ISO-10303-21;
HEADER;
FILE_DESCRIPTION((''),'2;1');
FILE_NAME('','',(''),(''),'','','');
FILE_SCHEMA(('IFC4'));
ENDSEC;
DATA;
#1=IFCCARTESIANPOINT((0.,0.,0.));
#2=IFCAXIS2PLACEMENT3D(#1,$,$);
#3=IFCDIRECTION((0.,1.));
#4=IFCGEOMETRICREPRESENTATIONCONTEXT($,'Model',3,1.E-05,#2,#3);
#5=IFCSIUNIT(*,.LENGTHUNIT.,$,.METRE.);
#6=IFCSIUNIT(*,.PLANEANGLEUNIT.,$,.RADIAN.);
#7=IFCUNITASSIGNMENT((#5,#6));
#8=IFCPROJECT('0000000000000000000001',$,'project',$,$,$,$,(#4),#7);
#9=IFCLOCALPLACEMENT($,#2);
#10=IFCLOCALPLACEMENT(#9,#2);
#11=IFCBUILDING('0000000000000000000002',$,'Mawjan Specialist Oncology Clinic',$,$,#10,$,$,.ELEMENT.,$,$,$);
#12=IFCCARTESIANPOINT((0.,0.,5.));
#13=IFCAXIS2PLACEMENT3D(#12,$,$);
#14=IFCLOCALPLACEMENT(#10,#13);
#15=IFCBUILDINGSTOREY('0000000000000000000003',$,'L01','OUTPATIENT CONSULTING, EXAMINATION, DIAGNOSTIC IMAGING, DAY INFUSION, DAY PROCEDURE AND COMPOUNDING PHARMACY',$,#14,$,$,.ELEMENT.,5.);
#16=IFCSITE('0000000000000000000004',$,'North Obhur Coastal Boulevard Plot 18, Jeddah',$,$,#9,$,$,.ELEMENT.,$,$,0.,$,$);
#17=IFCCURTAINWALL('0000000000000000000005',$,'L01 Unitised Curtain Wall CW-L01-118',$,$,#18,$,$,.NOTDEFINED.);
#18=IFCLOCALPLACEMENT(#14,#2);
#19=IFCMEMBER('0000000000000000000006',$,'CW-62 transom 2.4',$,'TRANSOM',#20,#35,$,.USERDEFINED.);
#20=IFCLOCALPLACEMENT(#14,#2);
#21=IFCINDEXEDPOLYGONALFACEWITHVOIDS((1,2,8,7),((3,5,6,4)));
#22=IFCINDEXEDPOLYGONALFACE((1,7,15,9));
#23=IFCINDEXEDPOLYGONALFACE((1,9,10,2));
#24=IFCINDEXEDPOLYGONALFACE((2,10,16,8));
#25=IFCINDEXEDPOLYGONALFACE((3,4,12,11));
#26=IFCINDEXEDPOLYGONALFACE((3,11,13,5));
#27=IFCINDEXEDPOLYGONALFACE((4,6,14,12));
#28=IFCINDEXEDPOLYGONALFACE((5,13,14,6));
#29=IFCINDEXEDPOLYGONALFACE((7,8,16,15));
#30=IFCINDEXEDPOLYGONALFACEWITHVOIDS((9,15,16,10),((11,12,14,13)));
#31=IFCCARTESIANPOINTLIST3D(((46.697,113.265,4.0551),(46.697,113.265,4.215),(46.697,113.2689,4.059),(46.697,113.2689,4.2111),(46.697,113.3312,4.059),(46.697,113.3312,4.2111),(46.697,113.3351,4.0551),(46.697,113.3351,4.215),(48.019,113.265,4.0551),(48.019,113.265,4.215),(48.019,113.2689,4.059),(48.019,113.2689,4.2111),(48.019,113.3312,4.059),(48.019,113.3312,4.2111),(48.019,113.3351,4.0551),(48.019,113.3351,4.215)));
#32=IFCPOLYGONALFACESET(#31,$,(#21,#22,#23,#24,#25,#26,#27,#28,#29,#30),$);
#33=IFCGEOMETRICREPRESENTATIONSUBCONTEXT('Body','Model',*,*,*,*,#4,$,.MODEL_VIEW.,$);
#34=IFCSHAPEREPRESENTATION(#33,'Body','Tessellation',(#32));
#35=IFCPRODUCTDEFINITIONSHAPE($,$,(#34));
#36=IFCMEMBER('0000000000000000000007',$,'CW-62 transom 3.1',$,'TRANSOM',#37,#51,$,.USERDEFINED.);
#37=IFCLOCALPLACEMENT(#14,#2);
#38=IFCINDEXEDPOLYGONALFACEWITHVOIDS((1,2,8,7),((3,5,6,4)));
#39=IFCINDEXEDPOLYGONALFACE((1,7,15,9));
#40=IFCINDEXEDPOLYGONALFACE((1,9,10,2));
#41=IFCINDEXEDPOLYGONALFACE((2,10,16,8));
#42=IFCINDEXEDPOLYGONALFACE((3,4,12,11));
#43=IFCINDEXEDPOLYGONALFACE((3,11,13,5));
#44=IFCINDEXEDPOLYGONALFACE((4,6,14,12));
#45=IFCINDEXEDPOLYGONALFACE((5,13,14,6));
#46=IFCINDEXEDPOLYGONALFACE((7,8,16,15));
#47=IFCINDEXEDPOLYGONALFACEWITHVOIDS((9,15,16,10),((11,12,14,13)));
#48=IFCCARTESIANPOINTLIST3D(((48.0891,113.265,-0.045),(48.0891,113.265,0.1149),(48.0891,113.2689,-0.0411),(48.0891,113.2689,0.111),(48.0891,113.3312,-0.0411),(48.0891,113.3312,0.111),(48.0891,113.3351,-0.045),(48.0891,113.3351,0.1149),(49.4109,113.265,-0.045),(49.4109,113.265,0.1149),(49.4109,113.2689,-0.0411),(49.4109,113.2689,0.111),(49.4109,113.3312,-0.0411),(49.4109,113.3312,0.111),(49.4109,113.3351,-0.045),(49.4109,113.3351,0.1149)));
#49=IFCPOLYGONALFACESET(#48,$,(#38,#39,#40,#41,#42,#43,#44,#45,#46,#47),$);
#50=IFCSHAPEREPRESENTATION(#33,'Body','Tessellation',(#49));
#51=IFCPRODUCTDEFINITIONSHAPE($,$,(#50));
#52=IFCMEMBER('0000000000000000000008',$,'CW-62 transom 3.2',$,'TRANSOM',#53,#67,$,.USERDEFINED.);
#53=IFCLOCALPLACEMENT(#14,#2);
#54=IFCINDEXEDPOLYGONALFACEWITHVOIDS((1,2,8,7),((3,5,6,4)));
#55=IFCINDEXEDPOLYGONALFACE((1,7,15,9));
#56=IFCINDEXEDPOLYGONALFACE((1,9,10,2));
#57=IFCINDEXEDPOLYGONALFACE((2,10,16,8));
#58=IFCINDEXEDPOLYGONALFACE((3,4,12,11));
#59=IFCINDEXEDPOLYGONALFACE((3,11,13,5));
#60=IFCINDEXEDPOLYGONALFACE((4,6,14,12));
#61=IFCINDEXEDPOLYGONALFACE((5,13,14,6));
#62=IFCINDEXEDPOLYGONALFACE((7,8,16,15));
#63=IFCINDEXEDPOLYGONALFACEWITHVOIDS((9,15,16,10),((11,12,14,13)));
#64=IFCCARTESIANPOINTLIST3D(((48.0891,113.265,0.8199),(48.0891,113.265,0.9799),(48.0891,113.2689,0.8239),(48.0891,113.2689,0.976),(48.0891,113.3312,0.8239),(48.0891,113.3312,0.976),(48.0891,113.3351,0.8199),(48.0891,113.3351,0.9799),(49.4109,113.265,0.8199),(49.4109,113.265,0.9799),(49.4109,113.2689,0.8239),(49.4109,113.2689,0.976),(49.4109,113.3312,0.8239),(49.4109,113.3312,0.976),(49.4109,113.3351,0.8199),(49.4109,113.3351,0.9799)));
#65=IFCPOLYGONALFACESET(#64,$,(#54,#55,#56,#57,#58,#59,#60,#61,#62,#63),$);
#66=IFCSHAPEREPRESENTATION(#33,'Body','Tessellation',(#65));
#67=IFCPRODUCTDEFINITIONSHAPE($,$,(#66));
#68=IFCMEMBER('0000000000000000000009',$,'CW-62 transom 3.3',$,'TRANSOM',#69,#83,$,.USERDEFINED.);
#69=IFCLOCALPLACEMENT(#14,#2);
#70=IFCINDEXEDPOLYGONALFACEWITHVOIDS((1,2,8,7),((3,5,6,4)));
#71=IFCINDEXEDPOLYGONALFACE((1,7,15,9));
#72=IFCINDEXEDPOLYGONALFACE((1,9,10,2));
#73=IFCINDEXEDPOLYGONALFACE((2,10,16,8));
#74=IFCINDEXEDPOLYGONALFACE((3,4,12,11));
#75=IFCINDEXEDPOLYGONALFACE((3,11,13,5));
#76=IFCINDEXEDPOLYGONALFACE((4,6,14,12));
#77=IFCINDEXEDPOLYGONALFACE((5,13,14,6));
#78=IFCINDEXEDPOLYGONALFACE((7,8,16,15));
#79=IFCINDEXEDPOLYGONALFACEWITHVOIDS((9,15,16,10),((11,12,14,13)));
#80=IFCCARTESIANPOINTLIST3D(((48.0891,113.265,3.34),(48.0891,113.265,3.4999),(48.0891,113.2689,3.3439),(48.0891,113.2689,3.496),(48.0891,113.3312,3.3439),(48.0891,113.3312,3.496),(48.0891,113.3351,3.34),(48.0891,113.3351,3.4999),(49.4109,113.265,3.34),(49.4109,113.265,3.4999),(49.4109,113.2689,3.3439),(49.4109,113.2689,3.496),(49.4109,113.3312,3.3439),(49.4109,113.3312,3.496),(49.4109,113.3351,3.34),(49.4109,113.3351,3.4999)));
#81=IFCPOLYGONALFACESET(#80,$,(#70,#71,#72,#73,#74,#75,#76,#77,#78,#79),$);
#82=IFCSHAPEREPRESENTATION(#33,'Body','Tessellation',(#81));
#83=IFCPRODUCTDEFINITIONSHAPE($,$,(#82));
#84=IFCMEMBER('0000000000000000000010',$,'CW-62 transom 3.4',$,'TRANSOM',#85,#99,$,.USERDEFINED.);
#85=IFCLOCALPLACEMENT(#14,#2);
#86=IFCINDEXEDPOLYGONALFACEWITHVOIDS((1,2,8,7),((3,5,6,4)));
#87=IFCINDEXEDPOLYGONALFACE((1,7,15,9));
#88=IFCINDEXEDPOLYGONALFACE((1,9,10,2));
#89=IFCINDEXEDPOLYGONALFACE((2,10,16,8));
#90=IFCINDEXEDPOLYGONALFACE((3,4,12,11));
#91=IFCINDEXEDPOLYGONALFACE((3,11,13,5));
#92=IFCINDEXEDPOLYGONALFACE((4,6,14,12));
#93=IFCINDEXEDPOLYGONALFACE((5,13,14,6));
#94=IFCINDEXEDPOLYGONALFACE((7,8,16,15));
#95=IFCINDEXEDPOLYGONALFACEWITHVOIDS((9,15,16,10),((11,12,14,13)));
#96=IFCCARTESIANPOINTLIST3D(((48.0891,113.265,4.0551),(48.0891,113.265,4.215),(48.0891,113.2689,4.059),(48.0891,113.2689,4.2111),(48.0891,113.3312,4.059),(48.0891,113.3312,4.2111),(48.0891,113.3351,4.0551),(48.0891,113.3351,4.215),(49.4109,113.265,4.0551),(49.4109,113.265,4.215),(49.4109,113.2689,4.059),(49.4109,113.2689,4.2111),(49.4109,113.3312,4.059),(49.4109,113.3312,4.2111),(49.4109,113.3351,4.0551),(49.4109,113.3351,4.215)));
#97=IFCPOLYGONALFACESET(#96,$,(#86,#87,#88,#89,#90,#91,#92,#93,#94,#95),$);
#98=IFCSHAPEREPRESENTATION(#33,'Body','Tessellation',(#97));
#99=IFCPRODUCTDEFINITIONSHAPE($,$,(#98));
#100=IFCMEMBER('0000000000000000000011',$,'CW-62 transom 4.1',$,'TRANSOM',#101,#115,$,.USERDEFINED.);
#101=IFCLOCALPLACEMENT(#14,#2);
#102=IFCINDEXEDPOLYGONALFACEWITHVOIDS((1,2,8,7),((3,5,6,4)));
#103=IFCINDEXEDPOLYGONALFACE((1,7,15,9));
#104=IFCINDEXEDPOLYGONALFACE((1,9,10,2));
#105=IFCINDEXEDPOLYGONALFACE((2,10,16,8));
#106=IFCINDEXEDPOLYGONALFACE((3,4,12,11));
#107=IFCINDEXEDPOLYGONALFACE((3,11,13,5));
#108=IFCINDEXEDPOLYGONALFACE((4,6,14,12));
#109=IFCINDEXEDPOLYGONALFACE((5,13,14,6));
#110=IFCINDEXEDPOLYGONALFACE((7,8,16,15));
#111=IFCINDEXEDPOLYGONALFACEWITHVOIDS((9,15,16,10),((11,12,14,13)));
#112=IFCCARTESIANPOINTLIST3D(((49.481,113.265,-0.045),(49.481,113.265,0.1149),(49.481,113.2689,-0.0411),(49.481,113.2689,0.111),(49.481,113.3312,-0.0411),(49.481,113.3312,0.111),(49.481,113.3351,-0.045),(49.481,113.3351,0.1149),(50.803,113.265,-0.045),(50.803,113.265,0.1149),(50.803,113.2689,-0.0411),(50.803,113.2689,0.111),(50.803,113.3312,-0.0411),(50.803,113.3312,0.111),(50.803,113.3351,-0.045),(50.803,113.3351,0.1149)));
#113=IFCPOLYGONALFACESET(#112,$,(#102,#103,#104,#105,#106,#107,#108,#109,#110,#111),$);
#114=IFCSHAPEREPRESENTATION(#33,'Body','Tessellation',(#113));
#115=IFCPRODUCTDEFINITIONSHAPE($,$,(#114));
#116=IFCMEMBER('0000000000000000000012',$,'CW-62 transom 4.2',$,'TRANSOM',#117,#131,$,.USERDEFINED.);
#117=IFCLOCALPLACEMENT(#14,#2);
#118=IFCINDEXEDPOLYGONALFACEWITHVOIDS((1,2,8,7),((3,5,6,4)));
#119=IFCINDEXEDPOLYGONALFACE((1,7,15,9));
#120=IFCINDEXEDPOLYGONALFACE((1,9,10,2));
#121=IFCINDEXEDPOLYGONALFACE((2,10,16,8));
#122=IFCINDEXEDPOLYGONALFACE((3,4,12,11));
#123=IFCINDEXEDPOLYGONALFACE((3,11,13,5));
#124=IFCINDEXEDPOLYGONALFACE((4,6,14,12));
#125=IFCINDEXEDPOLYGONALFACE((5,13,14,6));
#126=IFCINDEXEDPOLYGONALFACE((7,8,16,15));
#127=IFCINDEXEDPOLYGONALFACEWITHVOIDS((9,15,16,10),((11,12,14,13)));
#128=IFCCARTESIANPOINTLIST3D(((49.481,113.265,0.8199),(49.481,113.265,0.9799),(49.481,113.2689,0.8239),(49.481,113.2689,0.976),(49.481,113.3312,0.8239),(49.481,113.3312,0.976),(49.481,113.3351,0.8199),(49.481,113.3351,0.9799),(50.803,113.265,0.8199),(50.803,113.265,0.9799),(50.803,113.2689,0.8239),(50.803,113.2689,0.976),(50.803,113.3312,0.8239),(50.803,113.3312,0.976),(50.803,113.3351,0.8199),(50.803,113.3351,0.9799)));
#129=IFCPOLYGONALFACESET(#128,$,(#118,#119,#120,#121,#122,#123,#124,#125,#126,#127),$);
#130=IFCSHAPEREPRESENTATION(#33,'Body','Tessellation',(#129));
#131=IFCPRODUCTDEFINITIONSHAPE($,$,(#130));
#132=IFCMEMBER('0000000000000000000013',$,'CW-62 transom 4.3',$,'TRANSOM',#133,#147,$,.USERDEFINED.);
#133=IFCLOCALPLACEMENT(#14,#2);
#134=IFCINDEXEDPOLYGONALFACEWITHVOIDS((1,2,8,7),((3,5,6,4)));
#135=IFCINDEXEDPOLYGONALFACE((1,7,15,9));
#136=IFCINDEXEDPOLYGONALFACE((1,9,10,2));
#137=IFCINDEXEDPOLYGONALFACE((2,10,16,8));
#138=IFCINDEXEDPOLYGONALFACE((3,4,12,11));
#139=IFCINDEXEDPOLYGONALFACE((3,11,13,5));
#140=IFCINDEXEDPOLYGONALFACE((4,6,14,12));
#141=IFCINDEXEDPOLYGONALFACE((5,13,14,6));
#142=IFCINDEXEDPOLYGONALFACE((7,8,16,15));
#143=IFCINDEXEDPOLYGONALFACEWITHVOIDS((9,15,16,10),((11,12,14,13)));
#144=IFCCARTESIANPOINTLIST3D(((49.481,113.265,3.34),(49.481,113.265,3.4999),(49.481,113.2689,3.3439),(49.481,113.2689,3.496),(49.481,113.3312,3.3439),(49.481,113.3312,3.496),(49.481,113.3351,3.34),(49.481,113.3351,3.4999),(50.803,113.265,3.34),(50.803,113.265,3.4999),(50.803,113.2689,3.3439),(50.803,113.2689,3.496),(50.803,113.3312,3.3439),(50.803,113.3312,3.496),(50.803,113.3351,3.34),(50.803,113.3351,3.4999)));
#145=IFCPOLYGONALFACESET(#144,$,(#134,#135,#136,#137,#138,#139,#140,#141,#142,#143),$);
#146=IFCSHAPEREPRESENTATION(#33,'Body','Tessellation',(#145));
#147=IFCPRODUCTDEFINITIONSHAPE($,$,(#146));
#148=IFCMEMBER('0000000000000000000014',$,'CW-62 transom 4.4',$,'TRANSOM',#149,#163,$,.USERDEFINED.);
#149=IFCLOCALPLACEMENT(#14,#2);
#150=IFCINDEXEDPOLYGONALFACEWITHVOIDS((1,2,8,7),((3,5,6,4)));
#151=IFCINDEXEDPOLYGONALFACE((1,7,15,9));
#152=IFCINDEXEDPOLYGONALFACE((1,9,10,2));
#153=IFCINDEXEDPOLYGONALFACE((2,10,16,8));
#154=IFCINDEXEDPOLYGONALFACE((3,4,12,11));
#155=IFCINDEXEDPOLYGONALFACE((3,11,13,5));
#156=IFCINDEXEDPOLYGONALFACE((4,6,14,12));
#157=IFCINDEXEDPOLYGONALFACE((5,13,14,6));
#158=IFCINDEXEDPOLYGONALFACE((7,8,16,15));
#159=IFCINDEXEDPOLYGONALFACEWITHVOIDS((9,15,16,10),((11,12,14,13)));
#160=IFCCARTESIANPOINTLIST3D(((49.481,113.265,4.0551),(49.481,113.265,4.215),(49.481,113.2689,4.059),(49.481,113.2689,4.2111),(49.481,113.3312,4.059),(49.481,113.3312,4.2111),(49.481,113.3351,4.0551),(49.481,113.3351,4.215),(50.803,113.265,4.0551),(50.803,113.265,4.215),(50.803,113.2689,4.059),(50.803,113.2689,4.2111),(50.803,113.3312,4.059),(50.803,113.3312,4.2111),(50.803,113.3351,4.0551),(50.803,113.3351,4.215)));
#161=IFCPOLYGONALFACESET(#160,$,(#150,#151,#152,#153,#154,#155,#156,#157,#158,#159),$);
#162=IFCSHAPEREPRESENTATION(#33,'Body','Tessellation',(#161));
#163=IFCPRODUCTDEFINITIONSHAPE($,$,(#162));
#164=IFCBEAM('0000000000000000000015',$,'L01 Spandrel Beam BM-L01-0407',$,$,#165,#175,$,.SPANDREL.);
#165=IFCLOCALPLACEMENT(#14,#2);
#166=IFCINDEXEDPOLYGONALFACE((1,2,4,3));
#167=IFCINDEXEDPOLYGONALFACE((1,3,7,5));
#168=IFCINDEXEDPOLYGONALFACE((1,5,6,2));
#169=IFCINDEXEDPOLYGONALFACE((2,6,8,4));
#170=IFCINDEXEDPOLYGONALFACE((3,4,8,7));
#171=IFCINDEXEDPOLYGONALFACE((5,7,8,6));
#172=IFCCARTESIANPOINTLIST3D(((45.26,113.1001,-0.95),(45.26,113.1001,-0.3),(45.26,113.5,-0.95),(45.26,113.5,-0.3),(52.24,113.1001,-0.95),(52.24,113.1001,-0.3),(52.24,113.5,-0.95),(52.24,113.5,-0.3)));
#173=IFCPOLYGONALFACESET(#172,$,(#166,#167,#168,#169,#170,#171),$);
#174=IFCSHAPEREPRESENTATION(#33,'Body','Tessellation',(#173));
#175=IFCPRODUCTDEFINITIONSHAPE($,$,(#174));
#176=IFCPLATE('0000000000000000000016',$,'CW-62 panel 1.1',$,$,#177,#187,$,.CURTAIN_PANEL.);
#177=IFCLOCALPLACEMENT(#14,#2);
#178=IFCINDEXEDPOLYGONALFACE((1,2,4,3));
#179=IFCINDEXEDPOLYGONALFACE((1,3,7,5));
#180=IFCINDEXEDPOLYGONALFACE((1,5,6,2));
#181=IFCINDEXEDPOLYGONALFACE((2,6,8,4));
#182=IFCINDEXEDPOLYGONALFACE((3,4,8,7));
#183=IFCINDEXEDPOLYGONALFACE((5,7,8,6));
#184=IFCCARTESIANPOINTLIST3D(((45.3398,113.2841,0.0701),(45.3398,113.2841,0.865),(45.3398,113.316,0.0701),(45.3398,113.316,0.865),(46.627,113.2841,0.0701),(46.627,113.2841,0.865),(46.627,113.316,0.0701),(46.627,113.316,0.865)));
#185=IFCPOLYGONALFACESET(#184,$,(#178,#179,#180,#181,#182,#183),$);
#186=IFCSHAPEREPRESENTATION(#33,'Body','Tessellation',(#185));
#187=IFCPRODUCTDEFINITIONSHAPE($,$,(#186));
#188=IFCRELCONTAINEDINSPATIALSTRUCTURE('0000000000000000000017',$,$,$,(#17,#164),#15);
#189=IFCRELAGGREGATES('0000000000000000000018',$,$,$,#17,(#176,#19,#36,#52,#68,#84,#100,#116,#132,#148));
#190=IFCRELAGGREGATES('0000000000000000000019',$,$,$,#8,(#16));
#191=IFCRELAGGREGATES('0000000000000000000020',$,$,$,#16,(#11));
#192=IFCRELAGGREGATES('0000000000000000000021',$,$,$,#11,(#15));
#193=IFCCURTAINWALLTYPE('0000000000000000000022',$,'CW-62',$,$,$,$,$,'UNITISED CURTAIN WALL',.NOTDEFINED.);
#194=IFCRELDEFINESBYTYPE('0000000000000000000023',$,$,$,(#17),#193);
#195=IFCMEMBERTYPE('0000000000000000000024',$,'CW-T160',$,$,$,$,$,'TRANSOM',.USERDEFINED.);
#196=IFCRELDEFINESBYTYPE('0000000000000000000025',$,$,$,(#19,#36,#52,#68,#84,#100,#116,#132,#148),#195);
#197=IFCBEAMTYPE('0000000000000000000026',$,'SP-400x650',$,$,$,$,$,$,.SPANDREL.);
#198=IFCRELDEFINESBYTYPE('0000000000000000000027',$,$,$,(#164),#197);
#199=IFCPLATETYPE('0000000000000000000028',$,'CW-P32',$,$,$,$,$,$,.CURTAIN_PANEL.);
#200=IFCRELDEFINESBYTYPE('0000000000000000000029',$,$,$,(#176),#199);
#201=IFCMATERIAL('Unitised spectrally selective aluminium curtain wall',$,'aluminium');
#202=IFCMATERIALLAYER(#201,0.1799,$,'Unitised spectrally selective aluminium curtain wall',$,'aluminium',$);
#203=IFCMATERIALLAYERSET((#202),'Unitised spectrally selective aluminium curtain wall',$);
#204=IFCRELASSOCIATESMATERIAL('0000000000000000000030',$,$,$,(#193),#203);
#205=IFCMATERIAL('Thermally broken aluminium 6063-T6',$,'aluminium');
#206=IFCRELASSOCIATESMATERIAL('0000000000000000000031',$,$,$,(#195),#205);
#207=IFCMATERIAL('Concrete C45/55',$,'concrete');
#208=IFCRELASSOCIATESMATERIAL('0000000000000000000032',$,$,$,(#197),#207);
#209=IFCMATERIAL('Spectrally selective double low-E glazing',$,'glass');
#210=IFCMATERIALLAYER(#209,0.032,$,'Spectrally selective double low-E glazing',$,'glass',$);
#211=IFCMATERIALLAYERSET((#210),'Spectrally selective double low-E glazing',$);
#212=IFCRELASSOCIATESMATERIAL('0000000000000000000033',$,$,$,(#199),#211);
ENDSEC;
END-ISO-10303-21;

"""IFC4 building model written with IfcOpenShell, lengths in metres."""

from ifc_helpers import new_model, si_unit, direction, frame, origin, origin_2d, place, context, subcontext, project, spatial, rectangle, hollow_rectangle, extrude, material, layer, layer_set, material_profile, profile_set, type_object, element, aggregate, save


model = new_model("IFC4")

# Units and contexts
model_context = context("Model", 3, precision=1e-05, world=origin(), true_north=direction((0.0, 1.0)))
body_context = subcontext(model_context, "Body", "Model", "MODEL_VIEW")
ifc_project = project(units=[si_unit("LENGTHUNIT", "METRE"), si_unit("PLANEANGLEUNIT", "RADIAN")], contexts=[model_context])

# Site, building, storey
site_placement = place(None, origin())
site = spatial("IfcSite", under=ifc_project, at=site_placement, Name="North Obhur Coastal Boulevard Plot 18, Jeddah", CompositionType="ELEMENT", RefElevation=0.0)
building_placement = place(site_placement, origin())
building = spatial("IfcBuilding", under=site, at=building_placement, Name="Mawjan Specialist Oncology Clinic", CompositionType="ELEMENT")
storey_placement = place(building_placement, frame((0.0, 0.0, 5.0)))
storey = spatial("IfcBuildingStorey", under=building, at=storey_placement, Name="L01", Description="OUTPATIENT CONSULTING, EXAMINATION, DIAGNOSTIC IMAGING, DAY INFUSION, DAY PROCEDURE AND COMPOUNDING PHARMACY", CompositionType="ELEMENT", Elevation=5.0)

# Curtain wall, members
ifc_material_1 = material(Name="Unitised spectrally selective aluminium curtain wall", Category="aluminium")
ifc_layer_1 = layer(ifc_material_1, 0.1799, Name="Unitised spectrally selective aluminium curtain wall", Category="aluminium")
ifc_layer_set_1 = layer_set([ifc_layer_1], Name="Unitised spectrally selective aluminium curtain wall")
curtain_wall_type = type_object("IfcCurtainWallType", Name="CW-62", ElementType="UNITISED CURTAIN WALL", PredefinedType="NOTDEFINED", material=ifc_layer_set_1)
curtain_wall_placement = place(storey_placement, origin())
curtain_wall = element("IfcCurtainWall", 1, at=curtain_wall_placement, inside=storey, type_object=curtain_wall_type, Name="L01 Unitised Curtain Wall CW-L01-118", PredefinedType="NOTDEFINED")
ifc_material_2 = material(Name="Thermally broken aluminium 6063-T6", Category="aluminium")
ifc_material_profile_1 = material_profile(ifc_material_2, hollow_rectangle(XDim=0.0701, YDim=0.1599, WallThickness=0.0039, at=origin_2d()), Name="ALU TRANSOM 160x70x4", Category="aluminium")
ifc_profile_set_1 = profile_set([ifc_material_profile_1], Name="Thermally broken aluminium 6063-T6")
member_type_1 = type_object("IfcMemberType", Name="CW-T160", ElementType="TRANSOM", PredefinedType="USERDEFINED", material=ifc_profile_set_1)
member_1_placement = place(storey_placement, frame((46.697, 113.3, 4.135), z_axis=(1.0, 0.0, 0.0), x_axis=(0.0, 1.0, 0.0)))
member_1 = element("IfcMember", 2, at=member_1_placement, type_object=member_type_1, Name="CW-62 transom 2.4", ObjectType="TRANSOM", PredefinedType="USERDEFINED", context=body_context, shape_type="SweptSolid", body=[
    extrude(hollow_rectangle(XDim=0.0701, YDim=0.1599, WallThickness=0.0039, at=origin_2d()), origin(), (0.0, 0.0, 1.0), 1.322),
])
member_2_placement = place(storey_placement, frame((48.0891, 113.3, 0.0349), z_axis=(1.0, 0.0, 0.0), x_axis=(0.0, 1.0, 0.0)))
member_2 = element("IfcMember", 3, at=member_2_placement, type_object=member_type_1, Name="CW-62 transom 3.1", ObjectType="TRANSOM", PredefinedType="USERDEFINED", context=body_context, shape_type="SweptSolid", body=[
    extrude(hollow_rectangle(XDim=0.0701, YDim=0.1599, WallThickness=0.0039, at=origin_2d()), origin(), (0.0, 0.0, 1.0), 1.3218),
])
member_3_placement = place(storey_placement, frame((48.0891, 113.3, 0.8999), z_axis=(1.0, 0.0, 0.0), x_axis=(0.0, 1.0, 0.0)))
member_3 = element("IfcMember", 4, at=member_3_placement, type_object=member_type_1, Name="CW-62 transom 3.2", ObjectType="TRANSOM", PredefinedType="USERDEFINED", context=body_context, shape_type="SweptSolid", body=[
    extrude(hollow_rectangle(XDim=0.0701, YDim=0.1599, WallThickness=0.0039, at=origin_2d()), origin(), (0.0, 0.0, 1.0), 1.3218),
])
member_4_placement = place(storey_placement, frame((48.0891, 113.3, 3.4199), z_axis=(1.0, 0.0, 0.0), x_axis=(0.0, 1.0, 0.0)))
member_4 = element("IfcMember", 5, at=member_4_placement, type_object=member_type_1, Name="CW-62 transom 3.3", ObjectType="TRANSOM", PredefinedType="USERDEFINED", context=body_context, shape_type="SweptSolid", body=[
    extrude(hollow_rectangle(XDim=0.0701, YDim=0.1599, WallThickness=0.0039, at=origin_2d()), origin(), (0.0, 0.0, 1.0), 1.3218),
])
member_5_placement = place(storey_placement, frame((48.0891, 113.3, 4.135), z_axis=(1.0, 0.0, 0.0), x_axis=(0.0, 1.0, 0.0)))
member_5 = element("IfcMember", 6, at=member_5_placement, type_object=member_type_1, Name="CW-62 transom 3.4", ObjectType="TRANSOM", PredefinedType="USERDEFINED", context=body_context, shape_type="SweptSolid", body=[
    extrude(hollow_rectangle(XDim=0.0701, YDim=0.1599, WallThickness=0.0039, at=origin_2d()), origin(), (0.0, 0.0, 1.0), 1.3218),
])
member_6_placement = place(storey_placement, frame((49.481, 113.3, 0.0349), z_axis=(1.0, 0.0, 0.0), x_axis=(0.0, 1.0, 0.0)))
member_6 = element("IfcMember", 7, at=member_6_placement, type_object=member_type_1, Name="CW-62 transom 4.1", ObjectType="TRANSOM", PredefinedType="USERDEFINED", context=body_context, shape_type="SweptSolid", body=[
    extrude(hollow_rectangle(XDim=0.0701, YDim=0.1599, WallThickness=0.0039, at=origin_2d()), origin(), (0.0, 0.0, 1.0), 1.322),
])
member_7_placement = place(storey_placement, frame((49.481, 113.3, 0.8999), z_axis=(1.0, 0.0, 0.0), x_axis=(0.0, 1.0, 0.0)))
member_7 = element("IfcMember", 8, at=member_7_placement, type_object=member_type_1, Name="CW-62 transom 4.2", ObjectType="TRANSOM", PredefinedType="USERDEFINED", context=body_context, shape_type="SweptSolid", body=[
    extrude(hollow_rectangle(XDim=0.0701, YDim=0.1599, WallThickness=0.0039, at=origin_2d()), origin(), (0.0, 0.0, 1.0), 1.322),
])
member_8_placement = place(storey_placement, frame((49.481, 113.3, 3.4199), z_axis=(1.0, 0.0, 0.0), x_axis=(0.0, 1.0, 0.0)))
member_8 = element("IfcMember", 9, at=member_8_placement, type_object=member_type_1, Name="CW-62 transom 4.3", ObjectType="TRANSOM", PredefinedType="USERDEFINED", context=body_context, shape_type="SweptSolid", body=[
    extrude(hollow_rectangle(XDim=0.0701, YDim=0.1599, WallThickness=0.0039, at=origin_2d()), origin(), (0.0, 0.0, 1.0), 1.322),
])
member_9_placement = place(storey_placement, frame((49.481, 113.3, 4.135), z_axis=(1.0, 0.0, 0.0), x_axis=(0.0, 1.0, 0.0)))
member_9 = element("IfcMember", 10, at=member_9_placement, type_object=member_type_1, Name="CW-62 transom 4.4", ObjectType="TRANSOM", PredefinedType="USERDEFINED", context=body_context, shape_type="SweptSolid", body=[
    extrude(hollow_rectangle(XDim=0.0701, YDim=0.1599, WallThickness=0.0039, at=origin_2d()), origin(), (0.0, 0.0, 1.0), 1.322),
])

# Beam
ifc_material_3 = material(Name="Concrete C45/55", Category="concrete")
ifc_material_profile_2 = material_profile(ifc_material_3, rectangle(XDim=0.3999, YDim=0.6499, at=origin_2d()), Name="RC BM 400x650", Category="concrete")
ifc_profile_set_2 = profile_set([ifc_material_profile_2], Name="Concrete C45/55")
beam_type = type_object("IfcBeamType", Name="SP-400x650", PredefinedType="SPANDREL", material=ifc_profile_set_2)
beam_placement = place(storey_placement, frame((45.26, 113.3, -0.625), z_axis=(1.0, 0.0, 0.0), x_axis=(0.0, 1.0, 0.0)))
element("IfcBeam", 11, at=beam_placement, inside=storey, type_object=beam_type, Name="L01 Spandrel Beam BM-L01-0407", PredefinedType="SPANDREL", context=body_context, shape_type="SweptSolid", body=[
    extrude(rectangle(XDim=0.3999, YDim=0.6499, at=origin_2d()), origin(), (0.0, 0.0, 1.0), 6.98),
])

# Plate
ifc_material_4 = material(Name="Spectrally selective double low-E glazing", Category="glass")
ifc_layer_2 = layer(ifc_material_4, 0.032, Name="Spectrally selective double low-E glazing", Category="glass")
ifc_layer_set_2 = layer_set([ifc_layer_2], Name="Spectrally selective double low-E glazing")
plate_type = type_object("IfcPlateType", Name="CW-P32", PredefinedType="CURTAIN_PANEL", material=ifc_layer_set_2)
plate_1_placement = place(storey_placement, frame((45.9834, 113.3, 0.0701), z_axis=(0.0, 0.0, 1.0), x_axis=(1.0, 0.0, 0.0)))
plate_1 = element("IfcPlate", 12, at=plate_1_placement, type_object=plate_type, Name="CW-62 panel 1.1", PredefinedType="CURTAIN_PANEL", context=body_context, shape_type="SweptSolid", body=[
    extrude(rectangle(XDim=1.2871, YDim=0.032, at=origin_2d()), origin(), (0.0, 0.0, 1.0), 0.7949),
])
aggregate(curtain_wall, [plate_1, member_1, member_2, member_3, member_4, member_5, member_6, member_7, member_8, member_9])

save(model, "model.ifc")
